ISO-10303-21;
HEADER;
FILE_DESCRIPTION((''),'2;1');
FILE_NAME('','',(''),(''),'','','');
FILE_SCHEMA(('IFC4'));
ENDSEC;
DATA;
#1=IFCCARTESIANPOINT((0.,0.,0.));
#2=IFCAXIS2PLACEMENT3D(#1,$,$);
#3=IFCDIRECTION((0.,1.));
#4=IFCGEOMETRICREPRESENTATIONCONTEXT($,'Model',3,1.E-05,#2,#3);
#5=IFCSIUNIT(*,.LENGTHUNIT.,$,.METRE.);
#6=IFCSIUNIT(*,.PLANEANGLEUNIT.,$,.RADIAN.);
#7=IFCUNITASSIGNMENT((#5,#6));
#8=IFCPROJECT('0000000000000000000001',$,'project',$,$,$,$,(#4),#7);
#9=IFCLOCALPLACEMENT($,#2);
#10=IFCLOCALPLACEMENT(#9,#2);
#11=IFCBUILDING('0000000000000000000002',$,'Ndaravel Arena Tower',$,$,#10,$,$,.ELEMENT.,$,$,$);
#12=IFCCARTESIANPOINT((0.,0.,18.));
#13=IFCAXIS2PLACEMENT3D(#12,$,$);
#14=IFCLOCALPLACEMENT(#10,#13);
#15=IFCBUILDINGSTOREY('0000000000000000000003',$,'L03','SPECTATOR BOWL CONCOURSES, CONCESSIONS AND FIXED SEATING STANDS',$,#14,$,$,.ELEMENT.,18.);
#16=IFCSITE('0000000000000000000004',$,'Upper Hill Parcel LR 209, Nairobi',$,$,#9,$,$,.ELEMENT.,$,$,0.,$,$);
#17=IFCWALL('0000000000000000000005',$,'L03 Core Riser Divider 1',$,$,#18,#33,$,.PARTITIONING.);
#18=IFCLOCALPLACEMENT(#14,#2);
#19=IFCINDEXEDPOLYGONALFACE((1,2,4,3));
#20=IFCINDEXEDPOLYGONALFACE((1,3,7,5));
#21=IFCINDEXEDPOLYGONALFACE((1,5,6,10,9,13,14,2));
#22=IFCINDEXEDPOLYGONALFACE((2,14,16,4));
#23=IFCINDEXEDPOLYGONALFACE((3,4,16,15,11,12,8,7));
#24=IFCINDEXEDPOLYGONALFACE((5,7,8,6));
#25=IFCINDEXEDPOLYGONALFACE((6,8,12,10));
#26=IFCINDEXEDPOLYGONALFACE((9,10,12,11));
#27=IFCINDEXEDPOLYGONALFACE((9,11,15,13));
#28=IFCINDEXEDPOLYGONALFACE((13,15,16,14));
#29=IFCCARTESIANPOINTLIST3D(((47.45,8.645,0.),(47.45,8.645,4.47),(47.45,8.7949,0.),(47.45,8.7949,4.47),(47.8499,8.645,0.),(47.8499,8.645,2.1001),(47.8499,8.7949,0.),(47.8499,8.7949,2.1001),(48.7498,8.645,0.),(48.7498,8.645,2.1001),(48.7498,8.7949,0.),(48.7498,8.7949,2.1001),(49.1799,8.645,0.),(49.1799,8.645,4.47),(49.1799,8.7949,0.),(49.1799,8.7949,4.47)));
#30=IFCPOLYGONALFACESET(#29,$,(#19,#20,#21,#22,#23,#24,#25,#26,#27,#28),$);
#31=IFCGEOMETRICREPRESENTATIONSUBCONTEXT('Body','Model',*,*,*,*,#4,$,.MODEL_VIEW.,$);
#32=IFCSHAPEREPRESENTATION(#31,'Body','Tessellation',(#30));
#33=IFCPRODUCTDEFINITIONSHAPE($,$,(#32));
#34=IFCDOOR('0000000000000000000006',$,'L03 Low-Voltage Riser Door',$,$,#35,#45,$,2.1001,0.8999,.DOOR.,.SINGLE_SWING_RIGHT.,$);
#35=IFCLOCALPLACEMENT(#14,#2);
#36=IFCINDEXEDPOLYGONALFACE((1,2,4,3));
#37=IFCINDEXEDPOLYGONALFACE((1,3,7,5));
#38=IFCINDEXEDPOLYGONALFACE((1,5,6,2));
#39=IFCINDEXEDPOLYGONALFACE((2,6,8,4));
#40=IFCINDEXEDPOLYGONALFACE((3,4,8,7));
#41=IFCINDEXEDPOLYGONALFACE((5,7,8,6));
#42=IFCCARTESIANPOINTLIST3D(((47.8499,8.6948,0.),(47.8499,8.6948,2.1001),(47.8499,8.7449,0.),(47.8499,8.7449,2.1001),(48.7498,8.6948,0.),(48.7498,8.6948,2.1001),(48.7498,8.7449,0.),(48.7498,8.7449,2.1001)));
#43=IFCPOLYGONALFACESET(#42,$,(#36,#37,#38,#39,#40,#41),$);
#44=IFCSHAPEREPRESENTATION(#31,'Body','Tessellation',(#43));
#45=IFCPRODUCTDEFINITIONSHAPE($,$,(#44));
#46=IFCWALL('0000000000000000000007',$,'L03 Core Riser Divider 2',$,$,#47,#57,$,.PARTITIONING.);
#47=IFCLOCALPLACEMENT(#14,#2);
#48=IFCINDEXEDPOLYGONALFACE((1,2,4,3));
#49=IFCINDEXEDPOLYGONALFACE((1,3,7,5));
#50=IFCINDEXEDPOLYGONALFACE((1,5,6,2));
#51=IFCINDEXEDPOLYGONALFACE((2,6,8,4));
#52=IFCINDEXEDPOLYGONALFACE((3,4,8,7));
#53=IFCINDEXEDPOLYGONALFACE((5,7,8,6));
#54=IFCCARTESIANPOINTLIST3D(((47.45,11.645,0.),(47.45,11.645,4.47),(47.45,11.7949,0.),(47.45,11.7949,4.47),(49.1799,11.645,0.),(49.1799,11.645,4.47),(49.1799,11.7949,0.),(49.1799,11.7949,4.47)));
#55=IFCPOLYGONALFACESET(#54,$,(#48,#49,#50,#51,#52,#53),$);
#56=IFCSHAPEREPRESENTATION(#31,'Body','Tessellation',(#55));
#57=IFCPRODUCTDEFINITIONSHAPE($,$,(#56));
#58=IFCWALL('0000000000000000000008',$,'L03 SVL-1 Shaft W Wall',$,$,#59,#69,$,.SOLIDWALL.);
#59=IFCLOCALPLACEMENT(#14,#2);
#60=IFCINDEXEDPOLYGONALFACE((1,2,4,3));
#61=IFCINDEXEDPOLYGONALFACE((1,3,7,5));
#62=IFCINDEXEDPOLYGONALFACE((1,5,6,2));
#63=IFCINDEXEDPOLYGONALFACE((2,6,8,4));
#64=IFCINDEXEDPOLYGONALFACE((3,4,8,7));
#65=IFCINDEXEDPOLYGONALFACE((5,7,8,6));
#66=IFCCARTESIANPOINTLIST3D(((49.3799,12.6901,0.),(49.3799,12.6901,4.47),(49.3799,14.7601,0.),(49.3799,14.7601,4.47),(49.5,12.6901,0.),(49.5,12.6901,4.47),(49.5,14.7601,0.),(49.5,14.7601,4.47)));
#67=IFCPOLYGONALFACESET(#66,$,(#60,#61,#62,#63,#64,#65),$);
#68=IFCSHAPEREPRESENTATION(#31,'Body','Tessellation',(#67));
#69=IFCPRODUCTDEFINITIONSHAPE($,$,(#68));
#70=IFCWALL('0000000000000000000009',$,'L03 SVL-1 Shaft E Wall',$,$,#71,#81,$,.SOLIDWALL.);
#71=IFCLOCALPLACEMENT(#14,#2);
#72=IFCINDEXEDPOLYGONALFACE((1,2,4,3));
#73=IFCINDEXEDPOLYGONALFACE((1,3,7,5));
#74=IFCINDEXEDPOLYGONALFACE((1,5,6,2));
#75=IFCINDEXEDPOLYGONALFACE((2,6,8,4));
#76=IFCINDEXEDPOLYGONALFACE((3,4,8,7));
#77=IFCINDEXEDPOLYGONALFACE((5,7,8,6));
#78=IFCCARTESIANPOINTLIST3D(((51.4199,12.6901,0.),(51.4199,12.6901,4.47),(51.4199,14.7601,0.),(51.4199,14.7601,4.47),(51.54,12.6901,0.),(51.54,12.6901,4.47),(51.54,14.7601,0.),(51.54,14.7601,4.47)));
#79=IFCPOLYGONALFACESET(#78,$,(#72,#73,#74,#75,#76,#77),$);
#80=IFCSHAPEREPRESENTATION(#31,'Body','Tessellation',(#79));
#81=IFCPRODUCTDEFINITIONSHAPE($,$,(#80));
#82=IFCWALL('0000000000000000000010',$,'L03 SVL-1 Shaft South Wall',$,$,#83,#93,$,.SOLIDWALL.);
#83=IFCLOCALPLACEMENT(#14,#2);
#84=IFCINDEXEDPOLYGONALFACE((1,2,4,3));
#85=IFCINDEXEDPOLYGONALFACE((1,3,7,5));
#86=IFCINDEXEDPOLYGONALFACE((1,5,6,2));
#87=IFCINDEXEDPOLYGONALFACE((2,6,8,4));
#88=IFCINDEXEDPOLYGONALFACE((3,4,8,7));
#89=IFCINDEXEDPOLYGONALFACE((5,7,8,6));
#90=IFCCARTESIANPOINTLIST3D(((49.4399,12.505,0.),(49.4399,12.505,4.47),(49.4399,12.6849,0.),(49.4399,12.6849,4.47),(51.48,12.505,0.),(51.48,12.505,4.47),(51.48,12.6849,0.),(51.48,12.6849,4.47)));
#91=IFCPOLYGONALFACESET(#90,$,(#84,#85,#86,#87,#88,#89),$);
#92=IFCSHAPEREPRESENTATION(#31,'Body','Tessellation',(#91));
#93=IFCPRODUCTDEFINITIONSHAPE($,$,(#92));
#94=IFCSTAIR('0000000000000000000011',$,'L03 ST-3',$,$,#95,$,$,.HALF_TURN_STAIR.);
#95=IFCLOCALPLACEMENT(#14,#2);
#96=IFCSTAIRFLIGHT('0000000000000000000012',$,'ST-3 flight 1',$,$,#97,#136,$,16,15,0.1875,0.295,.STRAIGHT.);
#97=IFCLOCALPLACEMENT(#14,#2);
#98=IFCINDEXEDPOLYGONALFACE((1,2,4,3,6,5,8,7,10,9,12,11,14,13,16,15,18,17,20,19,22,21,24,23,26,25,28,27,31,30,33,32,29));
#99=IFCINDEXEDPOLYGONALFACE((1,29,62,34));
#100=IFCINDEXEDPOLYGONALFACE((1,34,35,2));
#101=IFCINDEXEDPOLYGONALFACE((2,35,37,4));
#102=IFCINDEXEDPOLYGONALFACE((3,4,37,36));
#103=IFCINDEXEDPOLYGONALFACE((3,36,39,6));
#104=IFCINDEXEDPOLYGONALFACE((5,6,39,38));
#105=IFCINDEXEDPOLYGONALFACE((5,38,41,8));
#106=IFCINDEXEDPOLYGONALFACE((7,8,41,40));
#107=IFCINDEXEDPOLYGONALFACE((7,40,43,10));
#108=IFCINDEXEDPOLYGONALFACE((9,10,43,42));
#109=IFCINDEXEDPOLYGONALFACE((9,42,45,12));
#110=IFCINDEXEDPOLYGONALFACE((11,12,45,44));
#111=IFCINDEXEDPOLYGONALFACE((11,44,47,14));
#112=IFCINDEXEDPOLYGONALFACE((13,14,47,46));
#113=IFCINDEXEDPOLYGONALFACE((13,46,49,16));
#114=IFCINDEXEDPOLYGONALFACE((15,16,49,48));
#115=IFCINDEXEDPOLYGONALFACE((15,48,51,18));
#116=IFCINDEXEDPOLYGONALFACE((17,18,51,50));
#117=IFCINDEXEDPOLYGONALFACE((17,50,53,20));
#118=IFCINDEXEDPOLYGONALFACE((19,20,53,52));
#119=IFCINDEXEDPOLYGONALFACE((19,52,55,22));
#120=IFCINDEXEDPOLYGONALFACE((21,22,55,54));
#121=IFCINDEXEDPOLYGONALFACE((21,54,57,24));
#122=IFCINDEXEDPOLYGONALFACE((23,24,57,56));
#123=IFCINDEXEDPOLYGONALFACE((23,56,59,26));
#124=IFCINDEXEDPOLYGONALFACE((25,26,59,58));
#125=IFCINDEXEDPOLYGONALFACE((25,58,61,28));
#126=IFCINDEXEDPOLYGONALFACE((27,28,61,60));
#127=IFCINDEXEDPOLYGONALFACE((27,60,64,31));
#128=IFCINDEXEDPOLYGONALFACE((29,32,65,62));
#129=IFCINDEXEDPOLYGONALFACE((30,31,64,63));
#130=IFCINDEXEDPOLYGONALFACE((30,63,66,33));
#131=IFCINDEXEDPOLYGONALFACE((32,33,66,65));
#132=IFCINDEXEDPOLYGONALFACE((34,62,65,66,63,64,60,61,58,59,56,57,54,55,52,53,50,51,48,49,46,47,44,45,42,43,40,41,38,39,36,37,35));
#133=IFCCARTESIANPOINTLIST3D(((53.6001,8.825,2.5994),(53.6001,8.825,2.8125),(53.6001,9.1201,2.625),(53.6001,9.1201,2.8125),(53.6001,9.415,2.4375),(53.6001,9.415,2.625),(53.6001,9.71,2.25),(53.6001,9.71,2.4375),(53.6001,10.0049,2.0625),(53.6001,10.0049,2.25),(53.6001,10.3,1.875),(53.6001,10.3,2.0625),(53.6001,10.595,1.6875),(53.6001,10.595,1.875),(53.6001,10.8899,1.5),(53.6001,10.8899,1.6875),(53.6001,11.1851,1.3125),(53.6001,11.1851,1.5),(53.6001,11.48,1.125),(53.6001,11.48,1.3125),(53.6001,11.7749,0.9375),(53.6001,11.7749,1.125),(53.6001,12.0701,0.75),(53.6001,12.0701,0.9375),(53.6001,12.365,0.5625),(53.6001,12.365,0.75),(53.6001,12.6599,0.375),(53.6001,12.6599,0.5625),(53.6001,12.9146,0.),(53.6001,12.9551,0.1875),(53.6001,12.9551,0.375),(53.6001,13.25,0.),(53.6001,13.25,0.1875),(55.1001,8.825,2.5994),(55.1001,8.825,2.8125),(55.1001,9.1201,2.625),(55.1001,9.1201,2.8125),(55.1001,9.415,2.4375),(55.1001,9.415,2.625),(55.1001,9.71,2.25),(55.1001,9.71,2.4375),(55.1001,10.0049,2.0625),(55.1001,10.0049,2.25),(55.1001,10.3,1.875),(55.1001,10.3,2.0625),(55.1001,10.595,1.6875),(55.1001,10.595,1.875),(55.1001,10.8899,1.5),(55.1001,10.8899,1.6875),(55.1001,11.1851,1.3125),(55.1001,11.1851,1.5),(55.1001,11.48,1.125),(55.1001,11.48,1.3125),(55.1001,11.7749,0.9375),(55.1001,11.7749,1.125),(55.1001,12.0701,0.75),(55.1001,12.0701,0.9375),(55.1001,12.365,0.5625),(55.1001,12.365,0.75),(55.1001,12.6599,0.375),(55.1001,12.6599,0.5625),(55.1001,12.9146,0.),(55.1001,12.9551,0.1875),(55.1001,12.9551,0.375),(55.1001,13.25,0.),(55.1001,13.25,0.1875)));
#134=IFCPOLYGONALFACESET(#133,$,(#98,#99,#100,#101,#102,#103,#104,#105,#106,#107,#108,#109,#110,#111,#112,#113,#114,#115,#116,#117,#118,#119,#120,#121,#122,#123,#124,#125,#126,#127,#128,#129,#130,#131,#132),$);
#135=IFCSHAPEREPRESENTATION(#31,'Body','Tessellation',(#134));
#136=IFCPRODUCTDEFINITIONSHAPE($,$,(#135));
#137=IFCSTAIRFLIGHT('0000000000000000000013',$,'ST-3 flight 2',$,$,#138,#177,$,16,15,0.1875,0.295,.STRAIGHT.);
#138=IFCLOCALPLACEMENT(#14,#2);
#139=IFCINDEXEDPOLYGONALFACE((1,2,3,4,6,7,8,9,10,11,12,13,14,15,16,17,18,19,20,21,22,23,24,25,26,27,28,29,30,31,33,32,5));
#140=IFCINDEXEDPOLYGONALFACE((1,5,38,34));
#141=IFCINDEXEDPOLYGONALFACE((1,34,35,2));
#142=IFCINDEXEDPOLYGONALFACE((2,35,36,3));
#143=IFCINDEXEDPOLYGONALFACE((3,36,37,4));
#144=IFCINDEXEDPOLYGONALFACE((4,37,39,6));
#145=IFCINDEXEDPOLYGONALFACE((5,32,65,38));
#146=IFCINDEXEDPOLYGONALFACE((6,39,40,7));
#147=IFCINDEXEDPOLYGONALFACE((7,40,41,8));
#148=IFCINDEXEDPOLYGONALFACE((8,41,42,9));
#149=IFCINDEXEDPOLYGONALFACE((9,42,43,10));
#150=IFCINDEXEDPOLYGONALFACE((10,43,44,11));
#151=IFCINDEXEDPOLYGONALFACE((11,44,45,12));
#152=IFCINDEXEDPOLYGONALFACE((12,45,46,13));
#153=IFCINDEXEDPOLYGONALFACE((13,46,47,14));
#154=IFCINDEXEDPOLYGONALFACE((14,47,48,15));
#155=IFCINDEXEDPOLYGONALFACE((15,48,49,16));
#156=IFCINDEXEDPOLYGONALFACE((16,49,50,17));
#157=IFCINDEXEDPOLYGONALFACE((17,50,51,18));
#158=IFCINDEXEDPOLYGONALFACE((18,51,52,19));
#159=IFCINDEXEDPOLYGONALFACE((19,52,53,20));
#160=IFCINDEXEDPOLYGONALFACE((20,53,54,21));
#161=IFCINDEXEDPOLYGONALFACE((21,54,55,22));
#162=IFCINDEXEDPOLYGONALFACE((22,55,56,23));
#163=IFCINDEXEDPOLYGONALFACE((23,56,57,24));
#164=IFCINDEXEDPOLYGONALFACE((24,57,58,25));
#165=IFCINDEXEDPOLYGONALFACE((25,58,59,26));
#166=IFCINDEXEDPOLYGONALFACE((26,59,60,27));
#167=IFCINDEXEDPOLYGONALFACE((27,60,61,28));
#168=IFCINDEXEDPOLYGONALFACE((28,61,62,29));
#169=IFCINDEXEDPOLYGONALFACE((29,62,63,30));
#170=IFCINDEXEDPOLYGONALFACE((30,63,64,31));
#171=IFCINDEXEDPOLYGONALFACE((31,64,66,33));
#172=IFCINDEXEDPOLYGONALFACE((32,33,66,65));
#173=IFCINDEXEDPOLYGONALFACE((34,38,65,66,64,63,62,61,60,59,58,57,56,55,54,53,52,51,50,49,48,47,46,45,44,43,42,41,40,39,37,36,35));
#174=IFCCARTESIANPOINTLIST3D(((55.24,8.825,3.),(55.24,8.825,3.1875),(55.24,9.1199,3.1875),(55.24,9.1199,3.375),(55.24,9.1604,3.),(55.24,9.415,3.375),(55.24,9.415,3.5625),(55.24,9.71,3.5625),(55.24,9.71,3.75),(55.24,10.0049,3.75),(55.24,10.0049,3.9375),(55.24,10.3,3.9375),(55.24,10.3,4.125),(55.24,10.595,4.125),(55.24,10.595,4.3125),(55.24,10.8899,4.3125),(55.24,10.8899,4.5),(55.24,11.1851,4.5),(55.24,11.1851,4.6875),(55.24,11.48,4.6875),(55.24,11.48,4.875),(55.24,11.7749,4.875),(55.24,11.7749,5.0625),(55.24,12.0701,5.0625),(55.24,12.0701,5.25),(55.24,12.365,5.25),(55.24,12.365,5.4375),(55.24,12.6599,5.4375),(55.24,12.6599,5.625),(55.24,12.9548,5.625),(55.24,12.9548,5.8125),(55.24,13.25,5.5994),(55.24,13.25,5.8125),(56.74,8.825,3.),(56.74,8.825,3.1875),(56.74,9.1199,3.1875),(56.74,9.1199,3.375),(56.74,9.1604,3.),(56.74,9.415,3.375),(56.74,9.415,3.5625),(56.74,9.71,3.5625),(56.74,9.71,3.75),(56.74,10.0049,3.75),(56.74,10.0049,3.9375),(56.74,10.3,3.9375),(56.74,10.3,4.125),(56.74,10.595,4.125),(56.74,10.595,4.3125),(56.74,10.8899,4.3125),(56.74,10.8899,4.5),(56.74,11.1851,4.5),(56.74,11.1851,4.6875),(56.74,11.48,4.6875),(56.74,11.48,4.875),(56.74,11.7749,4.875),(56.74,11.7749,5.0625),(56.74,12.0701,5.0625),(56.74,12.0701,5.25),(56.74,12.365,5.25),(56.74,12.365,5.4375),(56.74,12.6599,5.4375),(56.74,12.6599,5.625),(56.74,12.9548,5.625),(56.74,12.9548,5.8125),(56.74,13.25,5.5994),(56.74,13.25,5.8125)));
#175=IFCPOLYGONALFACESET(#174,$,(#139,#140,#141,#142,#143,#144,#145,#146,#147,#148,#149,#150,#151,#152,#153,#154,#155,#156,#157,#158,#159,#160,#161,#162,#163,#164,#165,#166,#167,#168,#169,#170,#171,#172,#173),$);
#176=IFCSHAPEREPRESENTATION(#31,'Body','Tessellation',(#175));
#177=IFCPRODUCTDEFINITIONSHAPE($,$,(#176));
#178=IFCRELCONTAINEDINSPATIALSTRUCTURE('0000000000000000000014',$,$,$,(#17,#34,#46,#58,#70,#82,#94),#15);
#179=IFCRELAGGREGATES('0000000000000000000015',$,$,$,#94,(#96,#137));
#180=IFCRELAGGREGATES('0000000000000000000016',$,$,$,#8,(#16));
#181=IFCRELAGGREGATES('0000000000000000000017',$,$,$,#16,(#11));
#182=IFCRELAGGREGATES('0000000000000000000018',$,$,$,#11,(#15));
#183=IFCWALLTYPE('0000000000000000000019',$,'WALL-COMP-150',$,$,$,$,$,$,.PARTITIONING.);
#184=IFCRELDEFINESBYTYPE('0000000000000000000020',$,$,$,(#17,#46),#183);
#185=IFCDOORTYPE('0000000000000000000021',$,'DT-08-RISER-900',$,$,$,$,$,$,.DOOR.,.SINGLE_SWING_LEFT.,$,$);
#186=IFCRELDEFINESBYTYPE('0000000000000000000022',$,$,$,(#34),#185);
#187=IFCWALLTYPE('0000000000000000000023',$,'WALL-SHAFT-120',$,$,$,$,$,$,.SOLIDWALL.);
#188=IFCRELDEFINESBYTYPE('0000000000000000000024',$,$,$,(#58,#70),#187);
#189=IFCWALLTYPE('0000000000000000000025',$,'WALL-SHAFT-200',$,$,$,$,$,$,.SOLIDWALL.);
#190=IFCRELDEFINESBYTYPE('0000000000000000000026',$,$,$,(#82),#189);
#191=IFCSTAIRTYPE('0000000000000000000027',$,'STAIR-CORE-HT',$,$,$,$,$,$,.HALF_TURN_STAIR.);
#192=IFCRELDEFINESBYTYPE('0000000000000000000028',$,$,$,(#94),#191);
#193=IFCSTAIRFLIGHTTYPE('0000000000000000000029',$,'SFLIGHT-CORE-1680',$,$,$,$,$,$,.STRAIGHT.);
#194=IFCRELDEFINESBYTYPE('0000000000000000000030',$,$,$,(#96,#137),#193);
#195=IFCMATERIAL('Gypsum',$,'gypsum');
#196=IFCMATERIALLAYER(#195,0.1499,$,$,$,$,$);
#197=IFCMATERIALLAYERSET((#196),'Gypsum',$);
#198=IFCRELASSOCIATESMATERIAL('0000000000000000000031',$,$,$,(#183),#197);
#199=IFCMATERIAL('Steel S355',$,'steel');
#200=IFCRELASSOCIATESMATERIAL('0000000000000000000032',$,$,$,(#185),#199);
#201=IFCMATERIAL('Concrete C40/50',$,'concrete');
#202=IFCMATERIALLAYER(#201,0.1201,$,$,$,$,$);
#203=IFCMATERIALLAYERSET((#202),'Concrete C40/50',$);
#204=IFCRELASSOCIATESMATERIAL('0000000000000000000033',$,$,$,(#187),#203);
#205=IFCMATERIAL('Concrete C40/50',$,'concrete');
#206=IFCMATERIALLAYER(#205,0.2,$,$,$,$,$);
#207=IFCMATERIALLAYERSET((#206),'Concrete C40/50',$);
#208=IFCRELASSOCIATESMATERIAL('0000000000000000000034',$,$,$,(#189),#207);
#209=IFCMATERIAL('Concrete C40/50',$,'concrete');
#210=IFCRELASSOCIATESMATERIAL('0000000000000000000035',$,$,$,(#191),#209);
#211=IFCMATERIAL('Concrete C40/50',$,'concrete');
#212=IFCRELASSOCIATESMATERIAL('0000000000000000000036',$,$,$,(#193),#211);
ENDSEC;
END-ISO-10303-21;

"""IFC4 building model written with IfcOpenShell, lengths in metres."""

from ifc_helpers import new_model, si_unit, direction, frame, frame_2d, origin, place, context, subcontext, project, spatial, polyline, rectangle, outline, extrude, material, layer, layer_set, type_object, element, fill, aggregate, save


model = new_model("IFC4")

# Units and contexts
model_context = context("Model", 3, precision=1e-05, world=origin(), true_north=direction((0.0, 1.0)))
body_context = subcontext(model_context, "Body", "Model", "MODEL_VIEW")
ifc_project = project(units=[si_unit("LENGTHUNIT", "METRE"), si_unit("PLANEANGLEUNIT", "RADIAN")], contexts=[model_context])

# Site, building, storey
site_placement = place(None, origin())
site = spatial("IfcSite", under=ifc_project, at=site_placement, Name="Upper Hill Parcel LR 209, Nairobi", CompositionType="ELEMENT", RefElevation=0.0)
building_placement = place(site_placement, origin())
building = spatial("IfcBuilding", under=site, at=building_placement, Name="Ndaravel Arena Tower", CompositionType="ELEMENT")
storey_placement = place(building_placement, frame((0.0, 0.0, 18.0)))
storey = spatial("IfcBuildingStorey", under=building, at=storey_placement, Name="L03", Description="SPECTATOR BOWL CONCOURSES, CONCESSIONS AND FIXED SEATING STANDS", CompositionType="ELEMENT", Elevation=18.0)

# Wall, opening, door
ifc_material_1 = material(Name="Gypsum", Category="gypsum")
ifc_layer_1 = layer(ifc_material_1, 0.1499)
ifc_layer_set_1 = layer_set([ifc_layer_1], Name="Gypsum")
wall_type_1 = type_object("IfcWallType", Name="WALL-COMP-150", PredefinedType="PARTITIONING", material=ifc_layer_set_1)
wall_1_placement = place(storey_placement, frame((47.45, 8.72, 0.0), z_axis=(0.0, 0.0, 1.0), x_axis=(1.0, 0.0, 0.0)))
wall_1 = element("IfcWall", 1, at=wall_1_placement, inside=storey, type_object=wall_type_1, Name="L03 Core Riser Divider 1", PredefinedType="PARTITIONING", context=body_context, shape_type="SweptSolid", body=[
    extrude(rectangle(XDim=1.73, YDim=0.1499, at=frame_2d((0.865, 0.0))), origin(), (0.0, 0.0, 1.0), 4.47),
])
opening_1_placement = place(wall_1_placement, frame((0.3999, 0.0, 0.0)))
opening_1 = element("IfcOpeningElement", 2, at=opening_1_placement, cuts=wall_1, PredefinedType="OPENING", context=body_context, shape_type="SweptSolid", body=[
    extrude(rectangle(XDim=0.8999, YDim=2.1001, at=frame_2d((0.45, 1.05))), frame((0.0, 0.075, 0.0), z_axis=(0.0, -1.0, 0.0), x_axis=(1.0, 0.0, 0.0)), (0.0, 0.0, 1.0), 0.1499),
])
ifc_material_2 = material(Name="Steel S355", Category="steel")
door_type_1 = type_object("IfcDoorType", Name="DT-08-RISER-900", OperationType="SINGLE_SWING_LEFT", PredefinedType="DOOR", material=ifc_material_2)
door_1_placement = place(opening_1_placement, origin())
door_1 = element("IfcDoor", 3, at=door_1_placement, inside=storey, type_object=door_type_1, Name="L03 Low-Voltage Riser Door", OperationType="SINGLE_SWING_RIGHT", OverallHeight=2.1001, OverallWidth=0.8999, PredefinedType="DOOR", context=body_context, shape_type="SweptSolid", body=[
    extrude(rectangle(XDim=0.8999, YDim=2.1001, at=frame_2d((0.45, 1.05))), frame((0.0, 0.0249, 0.0), z_axis=(0.0, -1.0, 0.0), x_axis=(1.0, 0.0, 0.0)), (0.0, 0.0, 1.0), 0.05),
])
fill(opening_1, door_1)

# Walls
wall_2_placement = place(storey_placement, frame((47.45, 11.72, 0.0), z_axis=(0.0, 0.0, 1.0), x_axis=(1.0, 0.0, 0.0)))
element("IfcWall", 4, at=wall_2_placement, inside=storey, type_object=wall_type_1, Name="L03 Core Riser Divider 2", PredefinedType="PARTITIONING", context=body_context, shape_type="SweptSolid", body=[
    extrude(rectangle(XDim=1.73, YDim=0.1499, at=frame_2d((0.865, 0.0))), origin(), (0.0, 0.0, 1.0), 4.47),
])
ifc_material_3 = material(Name="Concrete C40/50", Category="concrete")
ifc_layer_2 = layer(ifc_material_3, 0.1201)
ifc_layer_set_2 = layer_set([ifc_layer_2], Name="Concrete C40/50")
wall_type_2 = type_object("IfcWallType", Name="WALL-SHAFT-120", PredefinedType="SOLIDWALL", material=ifc_layer_set_2)
for number, where, z_axis, x_axis, name in (
    (5, (49.4399, 12.6899, 0.0), (0.0, 0.0, 1.0), (0.0, 1.0, 0.0), "L03 SVL-1 Shaft W Wall"),
    (6, (51.48, 12.6899, 0.0), (0.0, 0.0, 1.0), (0.0, 1.0, 0.0), "L03 SVL-1 Shaft E Wall"),
):
    element("IfcWall", number, at=place(storey_placement, frame(where, z_axis=z_axis, x_axis=x_axis)), inside=storey, type_object=wall_type_2, Name=name, PredefinedType="SOLIDWALL", context=body_context, shape_type="SweptSolid", body=[
        extrude(rectangle(XDim=2.0701, YDim=0.1201, at=frame_2d((1.0352, 0.0))), origin(), (0.0, 0.0, 1.0), 4.47),
    ])

# Shared definitions
ifc_material_4 = material(Name="Concrete C40/50", Category="concrete")
ifc_layer_3 = layer(ifc_material_4, 0.2)
ifc_layer_set_3 = layer_set([ifc_layer_3], Name="Concrete C40/50")
wall_type_3 = type_object("IfcWallType", Name="WALL-SHAFT-200", PredefinedType="SOLIDWALL", material=ifc_layer_set_3)

# Wall
wall_3_placement = place(storey_placement, frame((49.4399, 12.595, 0.0), z_axis=(0.0, 0.0, 1.0), x_axis=(1.0, 0.0, 0.0)))
element("IfcWall", 7, at=wall_3_placement, inside=storey, type_object=wall_type_3, Name="L03 SVL-1 Shaft South Wall", PredefinedType="SOLIDWALL", context=body_context, shape_type="SweptSolid", body=[
    extrude(rectangle(XDim=2.04, YDim=0.1799, at=frame_2d((1.02, 0.0))), origin(), (0.0, 0.0, 1.0), 4.47),
])

# Stair, stair flights
ifc_material_5 = material(Name="Concrete C40/50", Category="concrete")
stair_type = type_object("IfcStairType", Name="STAIR-CORE-HT", PredefinedType="HALF_TURN_STAIR", material=ifc_material_5)
stair_placement = place(storey_placement, origin())
stair = element("IfcStair", 8, at=stair_placement, inside=storey, type_object=stair_type, Name="L03 ST-3", PredefinedType="HALF_TURN_STAIR")
ifc_material_6 = material(Name="Concrete C40/50", Category="concrete")
stair_flight_type = type_object("IfcStairFlightType", Name="SFLIGHT-CORE-1680", PredefinedType="STRAIGHT", material=ifc_material_6)
stair_flight_1_placement = place(storey_placement, frame((54.3501, 13.25, 0.0), z_axis=(0.0, 0.0, 1.0), x_axis=(0.0, -1.0, 0.0)))
stair_flight_1 = element("IfcStairFlight", 9, at=stair_flight_1_placement, type_object=stair_flight_type, Name="ST-3 flight 1", NumberOfRisers=16, NumberOfTreads=15, PredefinedType="STRAIGHT", RiserHeight=0.1875, TreadLength=0.295, context=body_context, shape_type="SweptSolid", body=[
    extrude(outline(polyline([(0.0, 0.0), (0.0, 0.1875), (0.2949, 0.1875), (0.2949, 0.375), (0.5901, 0.375), (0.5901, 0.5625), (0.885, 0.5625), (0.885, 0.75), (1.1799, 0.75), (1.1799, 0.9375), (1.4751, 0.9375), (1.4751, 1.125), (1.77, 1.125), (1.77, 1.3125), (2.0649, 1.3125), (2.0649, 1.5), (2.3601, 1.5), (2.3601, 1.6875), (2.655, 1.6875), (2.655, 1.875), (2.95, 1.875), (2.95, 2.0625), (3.2451, 2.0625), (3.2451, 2.25), (3.54, 2.25), (3.54, 2.4375), (3.835, 2.4375), (3.835, 2.625), (4.1299, 2.625), (4.1299, 2.8125), (4.425, 2.8125), (4.425, 3.0), (4.425, 2.5994), (0.3354, 0.0), (0.0, 0.0)])), frame((0.0, 0.75, 0.0), z_axis=(0.0, -1.0, 0.0), x_axis=(1.0, 0.0, 0.0)), (0.0, 0.0, 1.0), 1.5),
])
stair_flight_2_placement = place(storey_placement, frame((55.99, 8.825, 3.0), z_axis=(0.0, 0.0, 1.0), x_axis=(0.0, 1.0, 0.0)))
stair_flight_2 = element("IfcStairFlight", 10, at=stair_flight_2_placement, type_object=stair_flight_type, Name="ST-3 flight 2", NumberOfRisers=16, NumberOfTreads=15, PredefinedType="STRAIGHT", RiserHeight=0.1875, TreadLength=0.295, context=body_context, shape_type="SweptSolid", body=[
    extrude(outline(polyline([(0.0, 0.0), (0.0, 0.1875), (0.2949, 0.1875), (0.2949, 0.375), (0.5901, 0.375), (0.5901, 0.5625), (0.885, 0.5625), (0.885, 0.75), (1.1799, 0.75), (1.1799, 0.9375), (1.4751, 0.9375), (1.4751, 1.125), (1.77, 1.125), (1.77, 1.3125), (2.0649, 1.3125), (2.0649, 1.5), (2.3601, 1.5), (2.3601, 1.6875), (2.655, 1.6875), (2.655, 1.875), (2.95, 1.875), (2.95, 2.0625), (3.2451, 2.0625), (3.2451, 2.25), (3.54, 2.25), (3.54, 2.4375), (3.835, 2.4375), (3.835, 2.625), (4.1299, 2.625), (4.1299, 2.8125), (4.425, 2.8125), (4.425, 3.0), (4.425, 2.5994), (0.3354, 0.0), (0.0, 0.0)])), frame((0.0, 0.75, 0.0), z_axis=(0.0, -1.0, 0.0), x_axis=(1.0, 0.0, 0.0)), (0.0, 0.0, 1.0), 1.5),
])
aggregate(stair, [stair_flight_1, stair_flight_2])

save(model, "model.ifc")
